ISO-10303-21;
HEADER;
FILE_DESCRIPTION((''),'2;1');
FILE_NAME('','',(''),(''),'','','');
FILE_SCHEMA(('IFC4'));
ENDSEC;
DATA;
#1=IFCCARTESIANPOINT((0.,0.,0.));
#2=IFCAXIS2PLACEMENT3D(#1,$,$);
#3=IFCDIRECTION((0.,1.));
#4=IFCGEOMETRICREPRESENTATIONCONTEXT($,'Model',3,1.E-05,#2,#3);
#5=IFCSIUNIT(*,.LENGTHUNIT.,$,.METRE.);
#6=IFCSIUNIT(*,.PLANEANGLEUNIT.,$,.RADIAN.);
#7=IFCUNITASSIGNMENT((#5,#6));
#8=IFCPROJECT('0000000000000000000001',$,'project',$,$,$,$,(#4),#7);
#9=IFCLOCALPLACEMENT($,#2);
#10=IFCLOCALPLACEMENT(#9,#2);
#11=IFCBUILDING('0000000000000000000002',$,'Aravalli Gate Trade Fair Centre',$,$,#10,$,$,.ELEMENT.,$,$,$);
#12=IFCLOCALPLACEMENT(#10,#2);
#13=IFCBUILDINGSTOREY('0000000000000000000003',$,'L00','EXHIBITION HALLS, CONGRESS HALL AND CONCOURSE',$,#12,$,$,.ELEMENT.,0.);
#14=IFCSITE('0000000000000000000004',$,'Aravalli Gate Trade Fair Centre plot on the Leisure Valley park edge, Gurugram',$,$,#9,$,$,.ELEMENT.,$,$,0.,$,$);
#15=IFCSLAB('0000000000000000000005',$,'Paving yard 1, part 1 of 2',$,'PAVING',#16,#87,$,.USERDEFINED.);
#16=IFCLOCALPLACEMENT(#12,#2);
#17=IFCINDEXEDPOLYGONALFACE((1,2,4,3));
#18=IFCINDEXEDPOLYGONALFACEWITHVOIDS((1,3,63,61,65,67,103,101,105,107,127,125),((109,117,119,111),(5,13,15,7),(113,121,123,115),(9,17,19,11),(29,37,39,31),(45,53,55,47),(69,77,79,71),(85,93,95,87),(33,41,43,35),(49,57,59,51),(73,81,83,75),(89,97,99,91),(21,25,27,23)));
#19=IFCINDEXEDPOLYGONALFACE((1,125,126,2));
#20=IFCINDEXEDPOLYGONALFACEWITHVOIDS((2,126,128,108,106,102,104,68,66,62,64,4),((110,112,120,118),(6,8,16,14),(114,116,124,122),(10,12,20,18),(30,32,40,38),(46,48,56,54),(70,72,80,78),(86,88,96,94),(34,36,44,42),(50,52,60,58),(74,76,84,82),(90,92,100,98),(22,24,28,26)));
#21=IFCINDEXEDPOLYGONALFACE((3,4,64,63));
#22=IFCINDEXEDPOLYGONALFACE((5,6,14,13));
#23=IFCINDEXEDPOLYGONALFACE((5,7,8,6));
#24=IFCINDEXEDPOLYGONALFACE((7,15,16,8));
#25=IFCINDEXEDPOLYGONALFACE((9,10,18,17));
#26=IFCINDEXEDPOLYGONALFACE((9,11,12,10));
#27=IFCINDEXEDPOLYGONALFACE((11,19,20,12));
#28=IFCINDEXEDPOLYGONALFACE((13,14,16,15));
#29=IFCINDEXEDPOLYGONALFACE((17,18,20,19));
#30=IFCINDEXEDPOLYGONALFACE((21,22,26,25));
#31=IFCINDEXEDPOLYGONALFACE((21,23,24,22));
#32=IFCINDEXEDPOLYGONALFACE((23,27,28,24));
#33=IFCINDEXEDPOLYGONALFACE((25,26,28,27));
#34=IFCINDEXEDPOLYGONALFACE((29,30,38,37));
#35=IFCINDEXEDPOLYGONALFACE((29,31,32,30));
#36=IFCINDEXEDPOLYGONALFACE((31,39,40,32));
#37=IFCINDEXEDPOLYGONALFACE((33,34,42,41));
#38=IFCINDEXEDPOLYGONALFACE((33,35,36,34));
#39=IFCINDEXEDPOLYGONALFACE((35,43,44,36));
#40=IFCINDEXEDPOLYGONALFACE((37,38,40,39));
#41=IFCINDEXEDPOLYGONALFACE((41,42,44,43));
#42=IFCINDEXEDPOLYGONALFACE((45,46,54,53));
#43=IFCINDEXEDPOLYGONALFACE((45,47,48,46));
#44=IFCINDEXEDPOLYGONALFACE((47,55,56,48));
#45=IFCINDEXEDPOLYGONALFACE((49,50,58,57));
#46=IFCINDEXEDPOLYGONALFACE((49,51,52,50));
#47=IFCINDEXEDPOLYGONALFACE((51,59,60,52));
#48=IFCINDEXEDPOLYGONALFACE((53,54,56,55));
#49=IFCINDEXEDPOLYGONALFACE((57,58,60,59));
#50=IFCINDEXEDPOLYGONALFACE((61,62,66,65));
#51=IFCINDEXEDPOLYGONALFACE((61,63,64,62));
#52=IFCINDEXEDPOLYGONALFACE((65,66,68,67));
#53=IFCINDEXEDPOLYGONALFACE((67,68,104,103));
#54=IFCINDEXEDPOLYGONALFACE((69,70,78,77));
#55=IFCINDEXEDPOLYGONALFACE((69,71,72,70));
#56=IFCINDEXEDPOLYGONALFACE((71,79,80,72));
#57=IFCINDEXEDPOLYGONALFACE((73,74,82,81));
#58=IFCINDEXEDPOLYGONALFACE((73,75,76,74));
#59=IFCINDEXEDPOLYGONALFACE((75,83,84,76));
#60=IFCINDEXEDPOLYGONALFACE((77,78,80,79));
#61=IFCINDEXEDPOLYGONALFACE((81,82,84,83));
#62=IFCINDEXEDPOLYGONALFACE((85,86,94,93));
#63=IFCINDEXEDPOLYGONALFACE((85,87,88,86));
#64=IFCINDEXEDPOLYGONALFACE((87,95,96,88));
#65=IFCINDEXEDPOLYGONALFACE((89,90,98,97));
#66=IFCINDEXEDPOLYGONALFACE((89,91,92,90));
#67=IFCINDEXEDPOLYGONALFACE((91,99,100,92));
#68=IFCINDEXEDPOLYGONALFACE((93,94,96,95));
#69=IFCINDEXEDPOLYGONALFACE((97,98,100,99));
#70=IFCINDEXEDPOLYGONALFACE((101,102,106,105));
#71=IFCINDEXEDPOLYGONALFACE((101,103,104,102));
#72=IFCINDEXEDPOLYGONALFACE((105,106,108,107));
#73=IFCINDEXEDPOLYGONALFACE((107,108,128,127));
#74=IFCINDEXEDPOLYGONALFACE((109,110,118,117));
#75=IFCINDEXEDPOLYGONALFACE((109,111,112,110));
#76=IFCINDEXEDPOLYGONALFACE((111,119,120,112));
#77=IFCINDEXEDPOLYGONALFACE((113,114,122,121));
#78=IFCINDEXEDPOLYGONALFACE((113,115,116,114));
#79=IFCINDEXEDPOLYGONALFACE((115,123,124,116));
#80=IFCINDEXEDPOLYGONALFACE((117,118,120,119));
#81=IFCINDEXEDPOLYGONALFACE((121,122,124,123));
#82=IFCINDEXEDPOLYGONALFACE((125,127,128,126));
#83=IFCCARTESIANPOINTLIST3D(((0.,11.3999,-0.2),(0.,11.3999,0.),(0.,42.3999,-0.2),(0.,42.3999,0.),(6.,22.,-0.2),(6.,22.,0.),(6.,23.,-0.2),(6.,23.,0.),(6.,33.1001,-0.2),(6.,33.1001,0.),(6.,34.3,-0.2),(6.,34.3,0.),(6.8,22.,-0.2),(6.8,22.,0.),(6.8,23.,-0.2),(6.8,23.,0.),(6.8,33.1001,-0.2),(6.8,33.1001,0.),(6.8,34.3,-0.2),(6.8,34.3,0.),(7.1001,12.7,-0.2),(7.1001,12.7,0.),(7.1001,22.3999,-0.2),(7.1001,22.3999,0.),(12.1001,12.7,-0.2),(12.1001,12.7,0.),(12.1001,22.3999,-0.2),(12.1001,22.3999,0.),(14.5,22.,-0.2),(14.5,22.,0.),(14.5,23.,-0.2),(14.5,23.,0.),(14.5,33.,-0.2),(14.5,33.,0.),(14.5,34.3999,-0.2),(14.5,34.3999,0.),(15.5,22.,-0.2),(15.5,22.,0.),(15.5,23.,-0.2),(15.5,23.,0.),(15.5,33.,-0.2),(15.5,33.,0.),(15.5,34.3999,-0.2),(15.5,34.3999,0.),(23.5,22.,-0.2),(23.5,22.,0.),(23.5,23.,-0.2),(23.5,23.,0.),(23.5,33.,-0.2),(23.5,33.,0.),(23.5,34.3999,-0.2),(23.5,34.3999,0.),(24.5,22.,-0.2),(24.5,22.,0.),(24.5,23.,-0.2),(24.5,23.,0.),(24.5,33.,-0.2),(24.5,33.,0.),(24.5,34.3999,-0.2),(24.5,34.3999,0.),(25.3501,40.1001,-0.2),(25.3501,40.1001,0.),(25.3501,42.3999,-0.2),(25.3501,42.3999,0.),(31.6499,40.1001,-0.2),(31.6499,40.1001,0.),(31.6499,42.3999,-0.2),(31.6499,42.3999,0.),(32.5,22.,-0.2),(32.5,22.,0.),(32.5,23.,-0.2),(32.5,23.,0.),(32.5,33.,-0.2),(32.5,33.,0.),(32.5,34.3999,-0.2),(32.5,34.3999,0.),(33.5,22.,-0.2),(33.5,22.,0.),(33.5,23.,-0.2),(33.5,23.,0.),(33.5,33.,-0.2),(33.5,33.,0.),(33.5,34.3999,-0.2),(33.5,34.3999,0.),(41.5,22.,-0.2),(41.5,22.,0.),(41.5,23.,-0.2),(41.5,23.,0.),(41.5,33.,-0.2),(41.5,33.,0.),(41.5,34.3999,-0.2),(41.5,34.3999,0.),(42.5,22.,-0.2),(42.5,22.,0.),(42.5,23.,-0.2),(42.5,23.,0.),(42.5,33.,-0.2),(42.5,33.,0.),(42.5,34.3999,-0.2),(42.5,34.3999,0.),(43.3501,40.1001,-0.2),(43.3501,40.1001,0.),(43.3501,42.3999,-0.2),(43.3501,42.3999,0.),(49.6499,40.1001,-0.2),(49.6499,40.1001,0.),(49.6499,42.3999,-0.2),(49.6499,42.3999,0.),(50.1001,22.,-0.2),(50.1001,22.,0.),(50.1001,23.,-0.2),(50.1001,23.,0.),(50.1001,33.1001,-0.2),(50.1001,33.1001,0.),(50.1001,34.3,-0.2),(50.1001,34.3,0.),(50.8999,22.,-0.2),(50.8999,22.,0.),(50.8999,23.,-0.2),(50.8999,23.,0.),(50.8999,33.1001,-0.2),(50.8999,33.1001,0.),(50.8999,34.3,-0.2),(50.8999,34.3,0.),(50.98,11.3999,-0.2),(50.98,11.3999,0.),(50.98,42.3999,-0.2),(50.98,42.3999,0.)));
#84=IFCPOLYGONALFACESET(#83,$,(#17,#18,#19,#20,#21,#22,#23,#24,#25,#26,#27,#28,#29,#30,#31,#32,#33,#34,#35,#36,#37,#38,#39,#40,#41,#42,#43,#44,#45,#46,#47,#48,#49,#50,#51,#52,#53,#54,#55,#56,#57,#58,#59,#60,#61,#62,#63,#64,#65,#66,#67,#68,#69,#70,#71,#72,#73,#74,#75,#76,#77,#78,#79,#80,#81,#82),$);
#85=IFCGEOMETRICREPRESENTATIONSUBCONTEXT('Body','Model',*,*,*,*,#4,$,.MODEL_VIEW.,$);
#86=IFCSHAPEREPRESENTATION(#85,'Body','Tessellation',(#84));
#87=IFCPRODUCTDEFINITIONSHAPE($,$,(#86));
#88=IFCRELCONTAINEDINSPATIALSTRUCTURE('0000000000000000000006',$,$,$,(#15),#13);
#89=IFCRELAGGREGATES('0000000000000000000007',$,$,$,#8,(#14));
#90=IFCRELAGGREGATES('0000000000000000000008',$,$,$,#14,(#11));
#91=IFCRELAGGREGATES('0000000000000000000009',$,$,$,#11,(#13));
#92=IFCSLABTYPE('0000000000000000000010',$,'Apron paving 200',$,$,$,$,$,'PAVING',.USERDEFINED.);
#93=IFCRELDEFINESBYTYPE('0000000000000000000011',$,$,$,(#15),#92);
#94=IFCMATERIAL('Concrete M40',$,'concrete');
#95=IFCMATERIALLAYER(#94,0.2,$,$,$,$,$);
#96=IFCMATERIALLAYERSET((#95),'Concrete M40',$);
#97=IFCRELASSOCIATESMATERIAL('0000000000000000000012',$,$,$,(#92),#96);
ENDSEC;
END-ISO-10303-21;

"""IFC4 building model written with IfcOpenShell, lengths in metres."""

from ifc_helpers import new_model, si_unit, direction, frame, origin, place, context, subcontext, project, spatial, polyline, outline, extrude, material, layer, layer_set, type_object, element, save


model = new_model("IFC4")

# Units and contexts
model_context = context("Model", 3, precision=1e-05, world=origin(), true_north=direction((0.0, 1.0)))
body_context = subcontext(model_context, "Body", "Model", "MODEL_VIEW")
ifc_project = project(units=[si_unit("LENGTHUNIT", "METRE"), si_unit("PLANEANGLEUNIT", "RADIAN")], contexts=[model_context])

# Site, building, storey
site_placement = place(None, origin())
site = spatial("IfcSite", under=ifc_project, at=site_placement, Name="Aravalli Gate Trade Fair Centre plot on the Leisure Valley park edge, Gurugram", CompositionType="ELEMENT", RefElevation=0.0)
building_placement = place(site_placement, origin())
building = spatial("IfcBuilding", under=site, at=building_placement, Name="Aravalli Gate Trade Fair Centre", CompositionType="ELEMENT")
storey_placement = place(building_placement, origin())
storey = spatial("IfcBuildingStorey", under=building, at=storey_placement, Name="L00", Description="EXHIBITION HALLS, CONGRESS HALL AND CONCOURSE", CompositionType="ELEMENT", Elevation=0.0)

# Slab
ifc_material_1 = material(Name="Concrete M40", Category="concrete")
ifc_layer_1 = layer(ifc_material_1, 0.2)
ifc_layer_set_1 = layer_set([ifc_layer_1], Name="Concrete M40")
slab_type_1 = type_object("IfcSlabType", Name="Apron paving 200", ElementType="PAVING", PredefinedType="USERDEFINED", material=ifc_layer_set_1)
slab_1_placement = place(storey_placement, frame((0.0, 0.0, -0.2)))
element("IfcSlab", 1, at=slab_1_placement, inside=storey, type_object=slab_type_1, Name="Paving yard 1, part 1 of 2", ObjectType="PAVING", PredefinedType="USERDEFINED", context=body_context, shape_type="SweptSolid", body=[
    extrude(outline(polyline([(25.3501, 40.1001), (25.3501, 42.3999), (0.0, 42.3999), (0.0, 11.3999), (50.98, 11.3999), (50.98, 42.3999), (49.6499, 42.3999), (49.6499, 40.1001), (43.3501, 40.1001), (43.3501, 42.3999), (31.6499, 42.3999), (31.6499, 40.1001), (25.3501, 40.1001)]), holes=[polyline([(7.1001, 12.7), (7.1001, 22.3999), (12.1001, 22.3999), (12.1001, 12.7), (7.1001, 12.7)]), polyline([(50.8999, 33.1001), (50.1001, 33.1001), (50.1001, 34.3), (50.8999, 34.3), (50.8999, 33.1001)]), polyline([(50.8999, 22.0), (50.1001, 22.0), (50.1001, 23.0), (50.8999, 23.0), (50.8999, 22.0)]), polyline([(42.5, 33.0), (41.5, 33.0), (41.5, 34.3999), (42.5, 34.3999), (42.5, 33.0)]), polyline([(41.5, 22.0), (41.5, 23.0), (42.5, 23.0), (42.5, 22.0), (41.5, 22.0)]), polyline([(33.5, 33.0), (32.5, 33.0), (32.5, 34.3999), (33.5, 34.3999), (33.5, 33.0)]), polyline([(32.5, 22.0), (32.5, 23.0), (33.5, 23.0), (33.5, 22.0), (32.5, 22.0)]), polyline([(24.5, 33.0), (23.5, 33.0), (23.5, 34.3999), (24.5, 34.3999), (24.5, 33.0)]), polyline([(24.5, 22.0), (23.5, 22.0), (23.5, 23.0), (24.5, 23.0), (24.5, 22.0)]), polyline([(15.5, 33.0), (14.5, 33.0), (14.5, 34.3999), (15.5, 34.3999), (15.5, 33.0)]), polyline([(15.5, 22.0), (14.5, 22.0), (14.5, 23.0), (15.5, 23.0), (15.5, 22.0)]), polyline([(6.8, 33.1001), (6.0, 33.1001), (6.0, 34.3), (6.8, 34.3), (6.8, 33.1001)]), polyline([(6.8, 22.0), (6.0, 22.0), (6.0, 23.0), (6.8, 23.0), (6.8, 22.0)])]), origin(), (0.0, 0.0, 1.0), 0.2),
])

save(model, "model.ifc")
